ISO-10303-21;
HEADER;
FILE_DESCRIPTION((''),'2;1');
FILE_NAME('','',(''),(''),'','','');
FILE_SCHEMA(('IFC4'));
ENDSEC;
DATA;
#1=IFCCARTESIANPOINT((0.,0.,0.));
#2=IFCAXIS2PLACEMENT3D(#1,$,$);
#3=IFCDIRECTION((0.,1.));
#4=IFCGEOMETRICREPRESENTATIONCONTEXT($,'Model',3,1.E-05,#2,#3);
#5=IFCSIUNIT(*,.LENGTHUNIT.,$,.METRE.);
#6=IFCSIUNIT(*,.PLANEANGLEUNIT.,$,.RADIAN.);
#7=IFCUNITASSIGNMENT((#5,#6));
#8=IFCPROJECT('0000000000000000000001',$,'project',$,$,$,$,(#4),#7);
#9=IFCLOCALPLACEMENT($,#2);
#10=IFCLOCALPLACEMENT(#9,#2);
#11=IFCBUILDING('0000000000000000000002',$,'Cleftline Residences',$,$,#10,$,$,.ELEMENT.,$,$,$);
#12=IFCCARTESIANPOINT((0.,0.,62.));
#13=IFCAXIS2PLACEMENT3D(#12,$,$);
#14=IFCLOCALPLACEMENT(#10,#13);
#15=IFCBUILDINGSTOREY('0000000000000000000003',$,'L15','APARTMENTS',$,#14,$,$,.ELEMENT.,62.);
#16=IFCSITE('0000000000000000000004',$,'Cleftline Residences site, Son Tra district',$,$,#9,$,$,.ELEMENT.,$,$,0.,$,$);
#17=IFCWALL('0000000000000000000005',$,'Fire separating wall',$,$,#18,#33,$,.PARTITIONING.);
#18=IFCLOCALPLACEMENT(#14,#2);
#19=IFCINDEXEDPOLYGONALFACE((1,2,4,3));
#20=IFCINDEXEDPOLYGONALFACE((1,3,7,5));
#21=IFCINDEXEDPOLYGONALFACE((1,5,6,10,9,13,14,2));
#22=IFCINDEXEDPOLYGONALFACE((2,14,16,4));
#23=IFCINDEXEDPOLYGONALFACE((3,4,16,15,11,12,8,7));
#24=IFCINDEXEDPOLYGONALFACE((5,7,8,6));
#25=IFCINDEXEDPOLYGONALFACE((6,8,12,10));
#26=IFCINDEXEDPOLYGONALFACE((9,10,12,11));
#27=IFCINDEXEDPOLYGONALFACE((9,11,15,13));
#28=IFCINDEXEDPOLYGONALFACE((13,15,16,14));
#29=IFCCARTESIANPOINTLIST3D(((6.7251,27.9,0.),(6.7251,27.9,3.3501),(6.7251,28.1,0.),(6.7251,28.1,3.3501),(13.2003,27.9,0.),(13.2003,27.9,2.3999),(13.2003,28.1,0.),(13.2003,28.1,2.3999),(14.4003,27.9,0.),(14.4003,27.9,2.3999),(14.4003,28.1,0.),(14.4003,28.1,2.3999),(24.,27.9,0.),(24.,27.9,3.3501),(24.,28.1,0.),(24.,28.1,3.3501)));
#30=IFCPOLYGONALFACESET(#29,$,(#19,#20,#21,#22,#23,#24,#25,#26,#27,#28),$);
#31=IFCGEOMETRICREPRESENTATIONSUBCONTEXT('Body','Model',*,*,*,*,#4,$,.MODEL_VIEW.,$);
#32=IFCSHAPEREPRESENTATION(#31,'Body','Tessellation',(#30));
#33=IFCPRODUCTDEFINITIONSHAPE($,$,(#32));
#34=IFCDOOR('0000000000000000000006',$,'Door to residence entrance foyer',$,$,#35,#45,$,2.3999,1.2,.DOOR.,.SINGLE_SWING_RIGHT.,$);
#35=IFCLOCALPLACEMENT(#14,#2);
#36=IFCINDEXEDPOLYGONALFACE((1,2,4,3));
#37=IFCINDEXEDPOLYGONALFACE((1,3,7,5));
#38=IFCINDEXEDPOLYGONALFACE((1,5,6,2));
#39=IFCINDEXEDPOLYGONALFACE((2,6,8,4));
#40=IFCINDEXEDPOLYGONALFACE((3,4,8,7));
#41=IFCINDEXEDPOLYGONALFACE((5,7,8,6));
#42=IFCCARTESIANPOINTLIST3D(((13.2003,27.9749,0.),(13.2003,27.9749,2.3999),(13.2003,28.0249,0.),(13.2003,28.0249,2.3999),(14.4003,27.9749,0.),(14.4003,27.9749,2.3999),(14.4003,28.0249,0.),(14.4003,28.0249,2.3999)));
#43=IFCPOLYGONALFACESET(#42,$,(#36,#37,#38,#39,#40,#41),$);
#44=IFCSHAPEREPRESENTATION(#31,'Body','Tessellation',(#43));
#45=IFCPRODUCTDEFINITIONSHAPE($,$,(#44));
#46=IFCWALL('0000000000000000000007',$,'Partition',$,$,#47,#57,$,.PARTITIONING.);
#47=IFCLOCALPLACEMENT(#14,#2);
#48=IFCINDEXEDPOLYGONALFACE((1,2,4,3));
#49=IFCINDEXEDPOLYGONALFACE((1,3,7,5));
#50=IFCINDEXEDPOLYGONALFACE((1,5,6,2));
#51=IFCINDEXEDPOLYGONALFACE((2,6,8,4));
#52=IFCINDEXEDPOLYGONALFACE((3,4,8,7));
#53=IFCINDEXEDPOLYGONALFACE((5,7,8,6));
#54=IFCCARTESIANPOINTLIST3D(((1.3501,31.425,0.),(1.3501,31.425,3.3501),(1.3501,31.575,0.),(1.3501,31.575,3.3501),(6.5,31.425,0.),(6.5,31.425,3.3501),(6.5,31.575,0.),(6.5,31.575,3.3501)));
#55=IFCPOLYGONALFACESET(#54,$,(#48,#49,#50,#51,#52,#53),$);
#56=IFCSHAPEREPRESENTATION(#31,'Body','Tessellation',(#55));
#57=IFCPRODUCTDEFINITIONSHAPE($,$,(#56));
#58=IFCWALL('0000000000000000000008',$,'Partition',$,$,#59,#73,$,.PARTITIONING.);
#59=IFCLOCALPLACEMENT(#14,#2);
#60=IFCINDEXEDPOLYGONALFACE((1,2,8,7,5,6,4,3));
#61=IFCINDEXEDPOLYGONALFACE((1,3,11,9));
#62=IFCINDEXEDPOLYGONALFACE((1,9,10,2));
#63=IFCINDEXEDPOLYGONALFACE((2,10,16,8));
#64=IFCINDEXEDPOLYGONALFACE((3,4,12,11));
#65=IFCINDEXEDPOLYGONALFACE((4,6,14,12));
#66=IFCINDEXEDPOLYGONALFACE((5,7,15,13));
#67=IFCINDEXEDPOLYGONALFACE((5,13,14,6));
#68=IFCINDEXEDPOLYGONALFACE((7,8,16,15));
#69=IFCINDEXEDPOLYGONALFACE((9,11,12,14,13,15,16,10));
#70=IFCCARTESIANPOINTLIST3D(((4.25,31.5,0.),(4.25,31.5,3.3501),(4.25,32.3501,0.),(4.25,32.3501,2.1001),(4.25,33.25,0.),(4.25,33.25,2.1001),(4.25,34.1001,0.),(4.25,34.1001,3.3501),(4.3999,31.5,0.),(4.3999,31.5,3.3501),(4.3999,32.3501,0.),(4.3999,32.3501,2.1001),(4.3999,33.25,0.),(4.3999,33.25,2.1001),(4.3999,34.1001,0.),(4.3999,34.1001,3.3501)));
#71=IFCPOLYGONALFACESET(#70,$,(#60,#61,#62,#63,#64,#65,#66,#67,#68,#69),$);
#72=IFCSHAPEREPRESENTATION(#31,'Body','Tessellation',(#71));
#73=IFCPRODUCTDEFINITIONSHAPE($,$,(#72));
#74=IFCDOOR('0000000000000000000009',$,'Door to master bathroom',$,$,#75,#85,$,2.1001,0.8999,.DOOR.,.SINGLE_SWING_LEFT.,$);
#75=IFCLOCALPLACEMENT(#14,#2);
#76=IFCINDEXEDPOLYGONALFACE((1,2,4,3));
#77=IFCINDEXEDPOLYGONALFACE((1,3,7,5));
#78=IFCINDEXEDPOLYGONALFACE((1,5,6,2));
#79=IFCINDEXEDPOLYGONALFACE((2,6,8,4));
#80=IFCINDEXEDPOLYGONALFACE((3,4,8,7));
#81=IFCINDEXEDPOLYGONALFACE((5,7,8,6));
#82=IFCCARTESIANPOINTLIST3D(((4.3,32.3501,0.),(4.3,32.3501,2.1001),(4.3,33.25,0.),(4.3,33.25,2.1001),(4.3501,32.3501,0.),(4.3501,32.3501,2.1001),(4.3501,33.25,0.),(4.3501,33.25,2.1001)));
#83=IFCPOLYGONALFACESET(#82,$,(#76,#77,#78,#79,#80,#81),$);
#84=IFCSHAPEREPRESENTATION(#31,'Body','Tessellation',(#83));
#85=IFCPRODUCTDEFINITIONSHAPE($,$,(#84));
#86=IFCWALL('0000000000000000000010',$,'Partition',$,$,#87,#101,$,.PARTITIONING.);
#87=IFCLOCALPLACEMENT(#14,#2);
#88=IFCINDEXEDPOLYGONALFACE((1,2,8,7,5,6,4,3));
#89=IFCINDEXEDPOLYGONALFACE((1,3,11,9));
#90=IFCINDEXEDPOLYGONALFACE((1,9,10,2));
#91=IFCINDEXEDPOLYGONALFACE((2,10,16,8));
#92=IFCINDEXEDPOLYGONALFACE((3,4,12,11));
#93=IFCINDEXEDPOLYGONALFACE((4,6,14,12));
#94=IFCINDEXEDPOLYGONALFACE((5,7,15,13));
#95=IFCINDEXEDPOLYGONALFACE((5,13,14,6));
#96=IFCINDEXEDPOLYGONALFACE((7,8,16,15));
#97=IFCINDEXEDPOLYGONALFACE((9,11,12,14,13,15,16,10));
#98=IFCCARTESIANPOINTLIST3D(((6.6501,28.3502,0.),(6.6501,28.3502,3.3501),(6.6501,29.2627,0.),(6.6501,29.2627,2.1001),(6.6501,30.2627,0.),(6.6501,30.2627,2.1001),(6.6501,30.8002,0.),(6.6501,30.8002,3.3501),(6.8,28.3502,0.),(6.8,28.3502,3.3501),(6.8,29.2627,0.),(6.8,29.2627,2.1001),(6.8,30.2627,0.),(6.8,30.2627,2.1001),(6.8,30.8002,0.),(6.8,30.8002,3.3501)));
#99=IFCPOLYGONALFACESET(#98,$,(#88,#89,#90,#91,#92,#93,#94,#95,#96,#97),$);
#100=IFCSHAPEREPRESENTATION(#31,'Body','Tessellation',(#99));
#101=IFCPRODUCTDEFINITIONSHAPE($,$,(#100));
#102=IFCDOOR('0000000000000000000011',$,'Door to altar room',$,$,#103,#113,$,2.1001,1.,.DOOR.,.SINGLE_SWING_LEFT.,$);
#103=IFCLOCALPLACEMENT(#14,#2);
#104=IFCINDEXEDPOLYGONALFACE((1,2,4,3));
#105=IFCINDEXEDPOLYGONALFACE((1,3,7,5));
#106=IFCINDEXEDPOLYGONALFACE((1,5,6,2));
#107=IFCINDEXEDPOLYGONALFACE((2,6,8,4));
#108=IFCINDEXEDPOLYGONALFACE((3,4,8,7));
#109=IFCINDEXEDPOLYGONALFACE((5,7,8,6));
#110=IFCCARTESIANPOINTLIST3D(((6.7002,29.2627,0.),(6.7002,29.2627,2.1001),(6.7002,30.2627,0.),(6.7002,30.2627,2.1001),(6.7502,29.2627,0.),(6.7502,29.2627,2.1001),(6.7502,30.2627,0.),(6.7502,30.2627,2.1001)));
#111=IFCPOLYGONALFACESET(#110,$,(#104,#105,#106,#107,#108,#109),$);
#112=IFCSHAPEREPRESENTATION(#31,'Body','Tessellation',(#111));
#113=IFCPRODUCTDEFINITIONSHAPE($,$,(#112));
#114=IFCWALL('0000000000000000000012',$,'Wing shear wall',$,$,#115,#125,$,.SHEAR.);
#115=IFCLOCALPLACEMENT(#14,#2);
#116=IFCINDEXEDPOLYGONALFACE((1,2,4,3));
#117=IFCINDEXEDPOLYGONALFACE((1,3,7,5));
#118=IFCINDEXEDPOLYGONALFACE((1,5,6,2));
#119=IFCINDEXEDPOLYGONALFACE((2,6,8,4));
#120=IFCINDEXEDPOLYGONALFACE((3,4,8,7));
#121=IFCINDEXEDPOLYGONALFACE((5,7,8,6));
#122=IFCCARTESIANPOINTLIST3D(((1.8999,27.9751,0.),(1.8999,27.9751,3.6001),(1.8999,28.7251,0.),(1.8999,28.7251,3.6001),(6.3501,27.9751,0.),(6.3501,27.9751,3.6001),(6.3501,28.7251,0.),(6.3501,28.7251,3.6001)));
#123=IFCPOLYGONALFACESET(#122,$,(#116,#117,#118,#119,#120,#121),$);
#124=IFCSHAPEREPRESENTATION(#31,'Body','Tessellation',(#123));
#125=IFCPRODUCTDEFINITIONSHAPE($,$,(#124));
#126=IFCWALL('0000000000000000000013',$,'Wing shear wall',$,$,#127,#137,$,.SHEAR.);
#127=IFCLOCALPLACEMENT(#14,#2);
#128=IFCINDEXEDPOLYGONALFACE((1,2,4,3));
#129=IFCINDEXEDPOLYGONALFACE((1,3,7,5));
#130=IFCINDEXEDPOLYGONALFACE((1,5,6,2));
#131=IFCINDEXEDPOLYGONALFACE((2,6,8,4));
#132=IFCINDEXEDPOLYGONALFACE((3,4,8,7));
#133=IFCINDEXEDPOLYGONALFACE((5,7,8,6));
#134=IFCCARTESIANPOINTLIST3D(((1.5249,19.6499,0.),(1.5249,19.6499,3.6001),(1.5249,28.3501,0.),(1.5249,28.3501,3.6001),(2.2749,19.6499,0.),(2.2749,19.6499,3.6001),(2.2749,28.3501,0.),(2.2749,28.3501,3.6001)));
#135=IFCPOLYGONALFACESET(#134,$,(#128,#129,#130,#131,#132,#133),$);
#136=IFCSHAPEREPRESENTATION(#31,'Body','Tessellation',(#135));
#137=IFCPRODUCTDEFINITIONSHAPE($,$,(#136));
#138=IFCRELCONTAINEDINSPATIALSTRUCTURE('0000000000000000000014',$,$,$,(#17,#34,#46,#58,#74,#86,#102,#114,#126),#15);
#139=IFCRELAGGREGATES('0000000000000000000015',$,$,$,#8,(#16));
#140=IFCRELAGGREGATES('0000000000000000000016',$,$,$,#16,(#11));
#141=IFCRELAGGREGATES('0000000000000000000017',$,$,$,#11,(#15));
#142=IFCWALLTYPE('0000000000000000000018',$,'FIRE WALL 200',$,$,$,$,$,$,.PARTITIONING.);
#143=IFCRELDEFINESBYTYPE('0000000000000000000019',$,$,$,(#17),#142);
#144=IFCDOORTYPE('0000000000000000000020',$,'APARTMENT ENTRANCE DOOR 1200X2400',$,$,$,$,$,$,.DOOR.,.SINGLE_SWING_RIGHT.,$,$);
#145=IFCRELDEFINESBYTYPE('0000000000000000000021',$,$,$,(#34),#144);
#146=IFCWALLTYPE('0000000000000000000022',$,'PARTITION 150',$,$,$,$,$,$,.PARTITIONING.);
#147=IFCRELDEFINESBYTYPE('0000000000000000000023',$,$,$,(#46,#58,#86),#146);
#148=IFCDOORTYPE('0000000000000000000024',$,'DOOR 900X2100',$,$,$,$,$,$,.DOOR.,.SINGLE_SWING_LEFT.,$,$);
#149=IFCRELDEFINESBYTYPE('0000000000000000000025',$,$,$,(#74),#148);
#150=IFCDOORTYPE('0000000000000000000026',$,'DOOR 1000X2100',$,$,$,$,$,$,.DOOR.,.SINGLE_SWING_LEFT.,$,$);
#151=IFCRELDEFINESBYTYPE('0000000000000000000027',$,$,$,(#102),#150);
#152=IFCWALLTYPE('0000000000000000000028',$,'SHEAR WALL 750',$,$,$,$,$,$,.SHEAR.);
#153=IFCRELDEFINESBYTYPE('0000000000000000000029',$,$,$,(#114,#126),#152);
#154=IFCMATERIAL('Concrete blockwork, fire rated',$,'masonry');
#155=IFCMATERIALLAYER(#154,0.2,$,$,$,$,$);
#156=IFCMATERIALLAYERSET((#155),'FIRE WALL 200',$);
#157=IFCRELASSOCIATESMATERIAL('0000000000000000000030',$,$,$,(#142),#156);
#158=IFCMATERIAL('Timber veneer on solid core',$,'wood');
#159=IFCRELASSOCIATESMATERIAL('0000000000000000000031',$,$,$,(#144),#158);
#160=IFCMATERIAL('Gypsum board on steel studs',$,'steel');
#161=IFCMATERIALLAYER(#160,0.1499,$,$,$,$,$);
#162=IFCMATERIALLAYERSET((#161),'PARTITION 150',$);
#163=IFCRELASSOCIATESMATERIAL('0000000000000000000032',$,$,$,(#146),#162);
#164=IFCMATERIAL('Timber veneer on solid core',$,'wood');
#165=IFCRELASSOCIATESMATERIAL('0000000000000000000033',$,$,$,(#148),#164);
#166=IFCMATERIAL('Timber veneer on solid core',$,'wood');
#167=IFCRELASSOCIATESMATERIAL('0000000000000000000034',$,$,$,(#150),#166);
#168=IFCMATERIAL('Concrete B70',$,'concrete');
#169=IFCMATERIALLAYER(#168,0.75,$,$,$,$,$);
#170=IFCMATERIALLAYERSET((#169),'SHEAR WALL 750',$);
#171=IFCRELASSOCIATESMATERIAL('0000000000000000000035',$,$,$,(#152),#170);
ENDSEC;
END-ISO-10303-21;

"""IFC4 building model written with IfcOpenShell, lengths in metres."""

from ifc_helpers import new_model, si_unit, direction, frame, frame_2d, origin, place, context, subcontext, project, spatial, rectangle, extrude, material, layer, layer_set, type_object, element, fill, save


model = new_model("IFC4")

# Units and contexts
model_context = context("Model", 3, precision=1e-05, world=origin(), true_north=direction((0.0, 1.0)))
body_context = subcontext(model_context, "Body", "Model", "MODEL_VIEW")
ifc_project = project(units=[si_unit("LENGTHUNIT", "METRE"), si_unit("PLANEANGLEUNIT", "RADIAN")], contexts=[model_context])

# Site, building, storey
site_placement = place(None, origin())
site = spatial("IfcSite", under=ifc_project, at=site_placement, Name="Cleftline Residences site, Son Tra district", CompositionType="ELEMENT", RefElevation=0.0)
building_placement = place(site_placement, origin())
building = spatial("IfcBuilding", under=site, at=building_placement, Name="Cleftline Residences", CompositionType="ELEMENT")
storey_placement = place(building_placement, frame((0.0, 0.0, 62.0)))
storey = spatial("IfcBuildingStorey", under=building, at=storey_placement, Name="L15", Description="APARTMENTS", CompositionType="ELEMENT", Elevation=62.0)

# Wall, opening, door
ifc_material_1 = material(Name="Concrete blockwork, fire rated", Category="masonry")
ifc_layer_1 = layer(ifc_material_1, 0.2)
ifc_layer_set_1 = layer_set([ifc_layer_1], Name="FIRE WALL 200")
wall_type_1 = type_object("IfcWallType", Name="FIRE WALL 200", PredefinedType="PARTITIONING", material=ifc_layer_set_1)
wall_1_placement = place(storey_placement, frame((6.7251, 28.0, 0.0), z_axis=(0.0, 0.0, 1.0), x_axis=(1.0, 0.0, 0.0)))
wall_1 = element("IfcWall", 1, at=wall_1_placement, inside=storey, type_object=wall_type_1, Name="Fire separating wall", PredefinedType="PARTITIONING", context=body_context, shape_type="SweptSolid", body=[
    extrude(rectangle(XDim=17.2749, YDim=0.2, at=frame_2d((8.6375, 0.0))), origin(), (0.0, 0.0, 1.0), 3.3501),
])
opening_1_placement = place(wall_1_placement, frame((6.4751, 0.0, 0.0)))
opening_1 = element("IfcOpeningElement", 2, at=opening_1_placement, cuts=wall_1, PredefinedType="OPENING", context=body_context, shape_type="SweptSolid", body=[
    extrude(rectangle(XDim=1.2, YDim=2.3999, at=frame_2d((0.6001, 1.2))), frame((0.0, 0.1099, 0.0), z_axis=(0.0, -1.0, 0.0), x_axis=(1.0, 0.0, 0.0)), (0.0, 0.0, 1.0), 0.22),
])
ifc_material_2 = material(Name="Timber veneer on solid core", Category="wood")
door_type_1 = type_object("IfcDoorType", Name="APARTMENT ENTRANCE DOOR 1200X2400", OperationType="SINGLE_SWING_RIGHT", PredefinedType="DOOR", material=ifc_material_2)
door_1_placement = place(opening_1_placement, origin())
door_1 = element("IfcDoor", 3, at=door_1_placement, inside=storey, type_object=door_type_1, Name="Door to residence entrance foyer", OperationType="SINGLE_SWING_RIGHT", OverallHeight=2.3999, OverallWidth=1.2, PredefinedType="DOOR", context=body_context, shape_type="SweptSolid", body=[
    extrude(rectangle(XDim=1.2, YDim=2.3999, at=frame_2d((0.6001, 1.2))), frame((0.0, 0.0249, 0.0), z_axis=(0.0, -1.0, 0.0), x_axis=(1.0, 0.0, 0.0)), (0.0, 0.0, 1.0), 0.05),
])
fill(opening_1, door_1)

# Wall
ifc_material_3 = material(Name="Gypsum board on steel studs", Category="steel")
ifc_layer_2 = layer(ifc_material_3, 0.1499)
ifc_layer_set_2 = layer_set([ifc_layer_2], Name="PARTITION 150")
wall_type_2 = type_object("IfcWallType", Name="PARTITION 150", PredefinedType="PARTITIONING", material=ifc_layer_set_2)
wall_2_placement = place(storey_placement, frame((1.3501, 31.5, 0.0), z_axis=(0.0, 0.0, 1.0), x_axis=(1.0, 0.0, 0.0)))
element("IfcWall", 4, at=wall_2_placement, inside=storey, type_object=wall_type_2, Name="Partition", PredefinedType="PARTITIONING", context=body_context, shape_type="SweptSolid", body=[
    extrude(rectangle(XDim=5.1499, YDim=0.1499, at=frame_2d((2.575, 0.0))), origin(), (0.0, 0.0, 1.0), 3.3501),
])

# Walls, openings, doors
wall_3_placement = place(storey_placement, frame((4.325, 31.5, 0.0), z_axis=(0.0, 0.0, 1.0), x_axis=(0.0, 1.0, 0.0)))
wall_3 = element("IfcWall", 5, at=wall_3_placement, inside=storey, type_object=wall_type_2, Name="Partition", PredefinedType="PARTITIONING", context=body_context, shape_type="SweptSolid", body=[
    extrude(rectangle(XDim=2.6001, YDim=0.1499, at=frame_2d((1.3, 0.0))), origin(), (0.0, 0.0, 1.0), 3.3501),
])
opening_2_placement = place(wall_3_placement, frame((0.8501, 0.0, 0.0)))
opening_2 = element("IfcOpeningElement", 6, at=opening_2_placement, cuts=wall_3, PredefinedType="OPENING", context=body_context, shape_type="SweptSolid", body=[
    extrude(rectangle(XDim=0.8999, YDim=2.1001, at=frame_2d((0.45, 1.05))), frame((0.0, 0.085, 0.0), z_axis=(0.0, -1.0, 0.0), x_axis=(1.0, 0.0, 0.0)), (0.0, 0.0, 1.0), 0.1699),
])
ifc_material_4 = material(Name="Timber veneer on solid core", Category="wood")
door_type_2 = type_object("IfcDoorType", Name="DOOR 900X2100", OperationType="SINGLE_SWING_LEFT", PredefinedType="DOOR", material=ifc_material_4)
door_2_placement = place(opening_2_placement, origin())
door_2 = element("IfcDoor", 7, at=door_2_placement, inside=storey, type_object=door_type_2, Name="Door to master bathroom", OperationType="SINGLE_SWING_LEFT", OverallHeight=2.1001, OverallWidth=0.8999, PredefinedType="DOOR", context=body_context, shape_type="SweptSolid", body=[
    extrude(rectangle(XDim=0.8999, YDim=2.1001, at=frame_2d((0.45, 1.05))), frame((0.0, 0.0249, 0.0), z_axis=(0.0, -1.0, 0.0), x_axis=(1.0, 0.0, 0.0)), (0.0, 0.0, 1.0), 0.05),
])
fill(opening_2, door_2)
wall_4_placement = place(storey_placement, frame((6.7251, 28.3501, 0.0), z_axis=(0.0, 0.0, 1.0), x_axis=(0.0, 1.0, 0.0)))
wall_4 = element("IfcWall", 8, at=wall_4_placement, inside=storey, type_object=wall_type_2, Name="Partition", PredefinedType="PARTITIONING", context=body_context, shape_type="SweptSolid", body=[
    extrude(rectangle(XDim=2.45, YDim=0.1499, at=frame_2d((1.2251, 0.0))), origin(), (0.0, 0.0, 1.0), 3.3501),
])
opening_3_placement = place(wall_4_placement, frame((0.9126, 0.0, 0.0)))
opening_3 = element("IfcOpeningElement", 9, at=opening_3_placement, cuts=wall_4, PredefinedType="OPENING", context=body_context, shape_type="SweptSolid", body=[
    extrude(rectangle(XDim=1.0, YDim=2.1001, at=frame_2d((0.5, 1.05))), frame((0.0, 0.085, 0.0), z_axis=(0.0, -1.0, 0.0), x_axis=(1.0, 0.0, 0.0)), (0.0, 0.0, 1.0), 0.1699),
])
ifc_material_5 = material(Name="Timber veneer on solid core", Category="wood")
door_type_3 = type_object("IfcDoorType", Name="DOOR 1000X2100", OperationType="SINGLE_SWING_LEFT", PredefinedType="DOOR", material=ifc_material_5)
door_3_placement = place(opening_3_placement, origin())
door_3 = element("IfcDoor", 10, at=door_3_placement, inside=storey, type_object=door_type_3, Name="Door to altar room", OperationType="SINGLE_SWING_LEFT", OverallHeight=2.1001, OverallWidth=1.0, PredefinedType="DOOR", context=body_context, shape_type="SweptSolid", body=[
    extrude(rectangle(XDim=1.0, YDim=2.1001, at=frame_2d((0.5, 1.05))), frame((0.0, 0.0249, 0.0), z_axis=(0.0, -1.0, 0.0), x_axis=(1.0, 0.0, 0.0)), (0.0, 0.0, 1.0), 0.05),
])
fill(opening_3, door_3)

# Walls
ifc_material_6 = material(Name="Concrete B70", Category="concrete")
ifc_layer_3 = layer(ifc_material_6, 0.75)
ifc_layer_set_3 = layer_set([ifc_layer_3], Name="SHEAR WALL 750")
wall_type_3 = type_object("IfcWallType", Name="SHEAR WALL 750", PredefinedType="SHEAR", material=ifc_layer_set_3)
wall_5_placement = place(storey_placement, frame((6.3501, 28.3501, 0.0), z_axis=(0.0, 0.0, 1.0), x_axis=(-1.0, 0.0, 0.0)))
element("IfcWall", 11, at=wall_5_placement, inside=storey, type_object=wall_type_3, Name="Wing shear wall", PredefinedType="SHEAR", context=body_context, shape_type="SweptSolid", body=[
    extrude(rectangle(XDim=4.4502, YDim=0.75, at=frame_2d((2.2251, 0.0))), origin(), (0.0, 0.0, 1.0), 3.6001),
])
wall_6_placement = place(storey_placement, frame((1.8999, 28.3501, 0.0), z_axis=(0.0, 0.0, 1.0), x_axis=(0.0, -1.0, 0.0)))
element("IfcWall", 12, at=wall_6_placement, inside=storey, type_object=wall_type_3, Name="Wing shear wall", PredefinedType="SHEAR", context=body_context, shape_type="SweptSolid", body=[
    extrude(rectangle(XDim=8.7002, YDim=0.75, at=frame_2d((4.3501, 0.0))), origin(), (0.0, 0.0, 1.0), 3.6001),
])

save(model, "model.ifc")
